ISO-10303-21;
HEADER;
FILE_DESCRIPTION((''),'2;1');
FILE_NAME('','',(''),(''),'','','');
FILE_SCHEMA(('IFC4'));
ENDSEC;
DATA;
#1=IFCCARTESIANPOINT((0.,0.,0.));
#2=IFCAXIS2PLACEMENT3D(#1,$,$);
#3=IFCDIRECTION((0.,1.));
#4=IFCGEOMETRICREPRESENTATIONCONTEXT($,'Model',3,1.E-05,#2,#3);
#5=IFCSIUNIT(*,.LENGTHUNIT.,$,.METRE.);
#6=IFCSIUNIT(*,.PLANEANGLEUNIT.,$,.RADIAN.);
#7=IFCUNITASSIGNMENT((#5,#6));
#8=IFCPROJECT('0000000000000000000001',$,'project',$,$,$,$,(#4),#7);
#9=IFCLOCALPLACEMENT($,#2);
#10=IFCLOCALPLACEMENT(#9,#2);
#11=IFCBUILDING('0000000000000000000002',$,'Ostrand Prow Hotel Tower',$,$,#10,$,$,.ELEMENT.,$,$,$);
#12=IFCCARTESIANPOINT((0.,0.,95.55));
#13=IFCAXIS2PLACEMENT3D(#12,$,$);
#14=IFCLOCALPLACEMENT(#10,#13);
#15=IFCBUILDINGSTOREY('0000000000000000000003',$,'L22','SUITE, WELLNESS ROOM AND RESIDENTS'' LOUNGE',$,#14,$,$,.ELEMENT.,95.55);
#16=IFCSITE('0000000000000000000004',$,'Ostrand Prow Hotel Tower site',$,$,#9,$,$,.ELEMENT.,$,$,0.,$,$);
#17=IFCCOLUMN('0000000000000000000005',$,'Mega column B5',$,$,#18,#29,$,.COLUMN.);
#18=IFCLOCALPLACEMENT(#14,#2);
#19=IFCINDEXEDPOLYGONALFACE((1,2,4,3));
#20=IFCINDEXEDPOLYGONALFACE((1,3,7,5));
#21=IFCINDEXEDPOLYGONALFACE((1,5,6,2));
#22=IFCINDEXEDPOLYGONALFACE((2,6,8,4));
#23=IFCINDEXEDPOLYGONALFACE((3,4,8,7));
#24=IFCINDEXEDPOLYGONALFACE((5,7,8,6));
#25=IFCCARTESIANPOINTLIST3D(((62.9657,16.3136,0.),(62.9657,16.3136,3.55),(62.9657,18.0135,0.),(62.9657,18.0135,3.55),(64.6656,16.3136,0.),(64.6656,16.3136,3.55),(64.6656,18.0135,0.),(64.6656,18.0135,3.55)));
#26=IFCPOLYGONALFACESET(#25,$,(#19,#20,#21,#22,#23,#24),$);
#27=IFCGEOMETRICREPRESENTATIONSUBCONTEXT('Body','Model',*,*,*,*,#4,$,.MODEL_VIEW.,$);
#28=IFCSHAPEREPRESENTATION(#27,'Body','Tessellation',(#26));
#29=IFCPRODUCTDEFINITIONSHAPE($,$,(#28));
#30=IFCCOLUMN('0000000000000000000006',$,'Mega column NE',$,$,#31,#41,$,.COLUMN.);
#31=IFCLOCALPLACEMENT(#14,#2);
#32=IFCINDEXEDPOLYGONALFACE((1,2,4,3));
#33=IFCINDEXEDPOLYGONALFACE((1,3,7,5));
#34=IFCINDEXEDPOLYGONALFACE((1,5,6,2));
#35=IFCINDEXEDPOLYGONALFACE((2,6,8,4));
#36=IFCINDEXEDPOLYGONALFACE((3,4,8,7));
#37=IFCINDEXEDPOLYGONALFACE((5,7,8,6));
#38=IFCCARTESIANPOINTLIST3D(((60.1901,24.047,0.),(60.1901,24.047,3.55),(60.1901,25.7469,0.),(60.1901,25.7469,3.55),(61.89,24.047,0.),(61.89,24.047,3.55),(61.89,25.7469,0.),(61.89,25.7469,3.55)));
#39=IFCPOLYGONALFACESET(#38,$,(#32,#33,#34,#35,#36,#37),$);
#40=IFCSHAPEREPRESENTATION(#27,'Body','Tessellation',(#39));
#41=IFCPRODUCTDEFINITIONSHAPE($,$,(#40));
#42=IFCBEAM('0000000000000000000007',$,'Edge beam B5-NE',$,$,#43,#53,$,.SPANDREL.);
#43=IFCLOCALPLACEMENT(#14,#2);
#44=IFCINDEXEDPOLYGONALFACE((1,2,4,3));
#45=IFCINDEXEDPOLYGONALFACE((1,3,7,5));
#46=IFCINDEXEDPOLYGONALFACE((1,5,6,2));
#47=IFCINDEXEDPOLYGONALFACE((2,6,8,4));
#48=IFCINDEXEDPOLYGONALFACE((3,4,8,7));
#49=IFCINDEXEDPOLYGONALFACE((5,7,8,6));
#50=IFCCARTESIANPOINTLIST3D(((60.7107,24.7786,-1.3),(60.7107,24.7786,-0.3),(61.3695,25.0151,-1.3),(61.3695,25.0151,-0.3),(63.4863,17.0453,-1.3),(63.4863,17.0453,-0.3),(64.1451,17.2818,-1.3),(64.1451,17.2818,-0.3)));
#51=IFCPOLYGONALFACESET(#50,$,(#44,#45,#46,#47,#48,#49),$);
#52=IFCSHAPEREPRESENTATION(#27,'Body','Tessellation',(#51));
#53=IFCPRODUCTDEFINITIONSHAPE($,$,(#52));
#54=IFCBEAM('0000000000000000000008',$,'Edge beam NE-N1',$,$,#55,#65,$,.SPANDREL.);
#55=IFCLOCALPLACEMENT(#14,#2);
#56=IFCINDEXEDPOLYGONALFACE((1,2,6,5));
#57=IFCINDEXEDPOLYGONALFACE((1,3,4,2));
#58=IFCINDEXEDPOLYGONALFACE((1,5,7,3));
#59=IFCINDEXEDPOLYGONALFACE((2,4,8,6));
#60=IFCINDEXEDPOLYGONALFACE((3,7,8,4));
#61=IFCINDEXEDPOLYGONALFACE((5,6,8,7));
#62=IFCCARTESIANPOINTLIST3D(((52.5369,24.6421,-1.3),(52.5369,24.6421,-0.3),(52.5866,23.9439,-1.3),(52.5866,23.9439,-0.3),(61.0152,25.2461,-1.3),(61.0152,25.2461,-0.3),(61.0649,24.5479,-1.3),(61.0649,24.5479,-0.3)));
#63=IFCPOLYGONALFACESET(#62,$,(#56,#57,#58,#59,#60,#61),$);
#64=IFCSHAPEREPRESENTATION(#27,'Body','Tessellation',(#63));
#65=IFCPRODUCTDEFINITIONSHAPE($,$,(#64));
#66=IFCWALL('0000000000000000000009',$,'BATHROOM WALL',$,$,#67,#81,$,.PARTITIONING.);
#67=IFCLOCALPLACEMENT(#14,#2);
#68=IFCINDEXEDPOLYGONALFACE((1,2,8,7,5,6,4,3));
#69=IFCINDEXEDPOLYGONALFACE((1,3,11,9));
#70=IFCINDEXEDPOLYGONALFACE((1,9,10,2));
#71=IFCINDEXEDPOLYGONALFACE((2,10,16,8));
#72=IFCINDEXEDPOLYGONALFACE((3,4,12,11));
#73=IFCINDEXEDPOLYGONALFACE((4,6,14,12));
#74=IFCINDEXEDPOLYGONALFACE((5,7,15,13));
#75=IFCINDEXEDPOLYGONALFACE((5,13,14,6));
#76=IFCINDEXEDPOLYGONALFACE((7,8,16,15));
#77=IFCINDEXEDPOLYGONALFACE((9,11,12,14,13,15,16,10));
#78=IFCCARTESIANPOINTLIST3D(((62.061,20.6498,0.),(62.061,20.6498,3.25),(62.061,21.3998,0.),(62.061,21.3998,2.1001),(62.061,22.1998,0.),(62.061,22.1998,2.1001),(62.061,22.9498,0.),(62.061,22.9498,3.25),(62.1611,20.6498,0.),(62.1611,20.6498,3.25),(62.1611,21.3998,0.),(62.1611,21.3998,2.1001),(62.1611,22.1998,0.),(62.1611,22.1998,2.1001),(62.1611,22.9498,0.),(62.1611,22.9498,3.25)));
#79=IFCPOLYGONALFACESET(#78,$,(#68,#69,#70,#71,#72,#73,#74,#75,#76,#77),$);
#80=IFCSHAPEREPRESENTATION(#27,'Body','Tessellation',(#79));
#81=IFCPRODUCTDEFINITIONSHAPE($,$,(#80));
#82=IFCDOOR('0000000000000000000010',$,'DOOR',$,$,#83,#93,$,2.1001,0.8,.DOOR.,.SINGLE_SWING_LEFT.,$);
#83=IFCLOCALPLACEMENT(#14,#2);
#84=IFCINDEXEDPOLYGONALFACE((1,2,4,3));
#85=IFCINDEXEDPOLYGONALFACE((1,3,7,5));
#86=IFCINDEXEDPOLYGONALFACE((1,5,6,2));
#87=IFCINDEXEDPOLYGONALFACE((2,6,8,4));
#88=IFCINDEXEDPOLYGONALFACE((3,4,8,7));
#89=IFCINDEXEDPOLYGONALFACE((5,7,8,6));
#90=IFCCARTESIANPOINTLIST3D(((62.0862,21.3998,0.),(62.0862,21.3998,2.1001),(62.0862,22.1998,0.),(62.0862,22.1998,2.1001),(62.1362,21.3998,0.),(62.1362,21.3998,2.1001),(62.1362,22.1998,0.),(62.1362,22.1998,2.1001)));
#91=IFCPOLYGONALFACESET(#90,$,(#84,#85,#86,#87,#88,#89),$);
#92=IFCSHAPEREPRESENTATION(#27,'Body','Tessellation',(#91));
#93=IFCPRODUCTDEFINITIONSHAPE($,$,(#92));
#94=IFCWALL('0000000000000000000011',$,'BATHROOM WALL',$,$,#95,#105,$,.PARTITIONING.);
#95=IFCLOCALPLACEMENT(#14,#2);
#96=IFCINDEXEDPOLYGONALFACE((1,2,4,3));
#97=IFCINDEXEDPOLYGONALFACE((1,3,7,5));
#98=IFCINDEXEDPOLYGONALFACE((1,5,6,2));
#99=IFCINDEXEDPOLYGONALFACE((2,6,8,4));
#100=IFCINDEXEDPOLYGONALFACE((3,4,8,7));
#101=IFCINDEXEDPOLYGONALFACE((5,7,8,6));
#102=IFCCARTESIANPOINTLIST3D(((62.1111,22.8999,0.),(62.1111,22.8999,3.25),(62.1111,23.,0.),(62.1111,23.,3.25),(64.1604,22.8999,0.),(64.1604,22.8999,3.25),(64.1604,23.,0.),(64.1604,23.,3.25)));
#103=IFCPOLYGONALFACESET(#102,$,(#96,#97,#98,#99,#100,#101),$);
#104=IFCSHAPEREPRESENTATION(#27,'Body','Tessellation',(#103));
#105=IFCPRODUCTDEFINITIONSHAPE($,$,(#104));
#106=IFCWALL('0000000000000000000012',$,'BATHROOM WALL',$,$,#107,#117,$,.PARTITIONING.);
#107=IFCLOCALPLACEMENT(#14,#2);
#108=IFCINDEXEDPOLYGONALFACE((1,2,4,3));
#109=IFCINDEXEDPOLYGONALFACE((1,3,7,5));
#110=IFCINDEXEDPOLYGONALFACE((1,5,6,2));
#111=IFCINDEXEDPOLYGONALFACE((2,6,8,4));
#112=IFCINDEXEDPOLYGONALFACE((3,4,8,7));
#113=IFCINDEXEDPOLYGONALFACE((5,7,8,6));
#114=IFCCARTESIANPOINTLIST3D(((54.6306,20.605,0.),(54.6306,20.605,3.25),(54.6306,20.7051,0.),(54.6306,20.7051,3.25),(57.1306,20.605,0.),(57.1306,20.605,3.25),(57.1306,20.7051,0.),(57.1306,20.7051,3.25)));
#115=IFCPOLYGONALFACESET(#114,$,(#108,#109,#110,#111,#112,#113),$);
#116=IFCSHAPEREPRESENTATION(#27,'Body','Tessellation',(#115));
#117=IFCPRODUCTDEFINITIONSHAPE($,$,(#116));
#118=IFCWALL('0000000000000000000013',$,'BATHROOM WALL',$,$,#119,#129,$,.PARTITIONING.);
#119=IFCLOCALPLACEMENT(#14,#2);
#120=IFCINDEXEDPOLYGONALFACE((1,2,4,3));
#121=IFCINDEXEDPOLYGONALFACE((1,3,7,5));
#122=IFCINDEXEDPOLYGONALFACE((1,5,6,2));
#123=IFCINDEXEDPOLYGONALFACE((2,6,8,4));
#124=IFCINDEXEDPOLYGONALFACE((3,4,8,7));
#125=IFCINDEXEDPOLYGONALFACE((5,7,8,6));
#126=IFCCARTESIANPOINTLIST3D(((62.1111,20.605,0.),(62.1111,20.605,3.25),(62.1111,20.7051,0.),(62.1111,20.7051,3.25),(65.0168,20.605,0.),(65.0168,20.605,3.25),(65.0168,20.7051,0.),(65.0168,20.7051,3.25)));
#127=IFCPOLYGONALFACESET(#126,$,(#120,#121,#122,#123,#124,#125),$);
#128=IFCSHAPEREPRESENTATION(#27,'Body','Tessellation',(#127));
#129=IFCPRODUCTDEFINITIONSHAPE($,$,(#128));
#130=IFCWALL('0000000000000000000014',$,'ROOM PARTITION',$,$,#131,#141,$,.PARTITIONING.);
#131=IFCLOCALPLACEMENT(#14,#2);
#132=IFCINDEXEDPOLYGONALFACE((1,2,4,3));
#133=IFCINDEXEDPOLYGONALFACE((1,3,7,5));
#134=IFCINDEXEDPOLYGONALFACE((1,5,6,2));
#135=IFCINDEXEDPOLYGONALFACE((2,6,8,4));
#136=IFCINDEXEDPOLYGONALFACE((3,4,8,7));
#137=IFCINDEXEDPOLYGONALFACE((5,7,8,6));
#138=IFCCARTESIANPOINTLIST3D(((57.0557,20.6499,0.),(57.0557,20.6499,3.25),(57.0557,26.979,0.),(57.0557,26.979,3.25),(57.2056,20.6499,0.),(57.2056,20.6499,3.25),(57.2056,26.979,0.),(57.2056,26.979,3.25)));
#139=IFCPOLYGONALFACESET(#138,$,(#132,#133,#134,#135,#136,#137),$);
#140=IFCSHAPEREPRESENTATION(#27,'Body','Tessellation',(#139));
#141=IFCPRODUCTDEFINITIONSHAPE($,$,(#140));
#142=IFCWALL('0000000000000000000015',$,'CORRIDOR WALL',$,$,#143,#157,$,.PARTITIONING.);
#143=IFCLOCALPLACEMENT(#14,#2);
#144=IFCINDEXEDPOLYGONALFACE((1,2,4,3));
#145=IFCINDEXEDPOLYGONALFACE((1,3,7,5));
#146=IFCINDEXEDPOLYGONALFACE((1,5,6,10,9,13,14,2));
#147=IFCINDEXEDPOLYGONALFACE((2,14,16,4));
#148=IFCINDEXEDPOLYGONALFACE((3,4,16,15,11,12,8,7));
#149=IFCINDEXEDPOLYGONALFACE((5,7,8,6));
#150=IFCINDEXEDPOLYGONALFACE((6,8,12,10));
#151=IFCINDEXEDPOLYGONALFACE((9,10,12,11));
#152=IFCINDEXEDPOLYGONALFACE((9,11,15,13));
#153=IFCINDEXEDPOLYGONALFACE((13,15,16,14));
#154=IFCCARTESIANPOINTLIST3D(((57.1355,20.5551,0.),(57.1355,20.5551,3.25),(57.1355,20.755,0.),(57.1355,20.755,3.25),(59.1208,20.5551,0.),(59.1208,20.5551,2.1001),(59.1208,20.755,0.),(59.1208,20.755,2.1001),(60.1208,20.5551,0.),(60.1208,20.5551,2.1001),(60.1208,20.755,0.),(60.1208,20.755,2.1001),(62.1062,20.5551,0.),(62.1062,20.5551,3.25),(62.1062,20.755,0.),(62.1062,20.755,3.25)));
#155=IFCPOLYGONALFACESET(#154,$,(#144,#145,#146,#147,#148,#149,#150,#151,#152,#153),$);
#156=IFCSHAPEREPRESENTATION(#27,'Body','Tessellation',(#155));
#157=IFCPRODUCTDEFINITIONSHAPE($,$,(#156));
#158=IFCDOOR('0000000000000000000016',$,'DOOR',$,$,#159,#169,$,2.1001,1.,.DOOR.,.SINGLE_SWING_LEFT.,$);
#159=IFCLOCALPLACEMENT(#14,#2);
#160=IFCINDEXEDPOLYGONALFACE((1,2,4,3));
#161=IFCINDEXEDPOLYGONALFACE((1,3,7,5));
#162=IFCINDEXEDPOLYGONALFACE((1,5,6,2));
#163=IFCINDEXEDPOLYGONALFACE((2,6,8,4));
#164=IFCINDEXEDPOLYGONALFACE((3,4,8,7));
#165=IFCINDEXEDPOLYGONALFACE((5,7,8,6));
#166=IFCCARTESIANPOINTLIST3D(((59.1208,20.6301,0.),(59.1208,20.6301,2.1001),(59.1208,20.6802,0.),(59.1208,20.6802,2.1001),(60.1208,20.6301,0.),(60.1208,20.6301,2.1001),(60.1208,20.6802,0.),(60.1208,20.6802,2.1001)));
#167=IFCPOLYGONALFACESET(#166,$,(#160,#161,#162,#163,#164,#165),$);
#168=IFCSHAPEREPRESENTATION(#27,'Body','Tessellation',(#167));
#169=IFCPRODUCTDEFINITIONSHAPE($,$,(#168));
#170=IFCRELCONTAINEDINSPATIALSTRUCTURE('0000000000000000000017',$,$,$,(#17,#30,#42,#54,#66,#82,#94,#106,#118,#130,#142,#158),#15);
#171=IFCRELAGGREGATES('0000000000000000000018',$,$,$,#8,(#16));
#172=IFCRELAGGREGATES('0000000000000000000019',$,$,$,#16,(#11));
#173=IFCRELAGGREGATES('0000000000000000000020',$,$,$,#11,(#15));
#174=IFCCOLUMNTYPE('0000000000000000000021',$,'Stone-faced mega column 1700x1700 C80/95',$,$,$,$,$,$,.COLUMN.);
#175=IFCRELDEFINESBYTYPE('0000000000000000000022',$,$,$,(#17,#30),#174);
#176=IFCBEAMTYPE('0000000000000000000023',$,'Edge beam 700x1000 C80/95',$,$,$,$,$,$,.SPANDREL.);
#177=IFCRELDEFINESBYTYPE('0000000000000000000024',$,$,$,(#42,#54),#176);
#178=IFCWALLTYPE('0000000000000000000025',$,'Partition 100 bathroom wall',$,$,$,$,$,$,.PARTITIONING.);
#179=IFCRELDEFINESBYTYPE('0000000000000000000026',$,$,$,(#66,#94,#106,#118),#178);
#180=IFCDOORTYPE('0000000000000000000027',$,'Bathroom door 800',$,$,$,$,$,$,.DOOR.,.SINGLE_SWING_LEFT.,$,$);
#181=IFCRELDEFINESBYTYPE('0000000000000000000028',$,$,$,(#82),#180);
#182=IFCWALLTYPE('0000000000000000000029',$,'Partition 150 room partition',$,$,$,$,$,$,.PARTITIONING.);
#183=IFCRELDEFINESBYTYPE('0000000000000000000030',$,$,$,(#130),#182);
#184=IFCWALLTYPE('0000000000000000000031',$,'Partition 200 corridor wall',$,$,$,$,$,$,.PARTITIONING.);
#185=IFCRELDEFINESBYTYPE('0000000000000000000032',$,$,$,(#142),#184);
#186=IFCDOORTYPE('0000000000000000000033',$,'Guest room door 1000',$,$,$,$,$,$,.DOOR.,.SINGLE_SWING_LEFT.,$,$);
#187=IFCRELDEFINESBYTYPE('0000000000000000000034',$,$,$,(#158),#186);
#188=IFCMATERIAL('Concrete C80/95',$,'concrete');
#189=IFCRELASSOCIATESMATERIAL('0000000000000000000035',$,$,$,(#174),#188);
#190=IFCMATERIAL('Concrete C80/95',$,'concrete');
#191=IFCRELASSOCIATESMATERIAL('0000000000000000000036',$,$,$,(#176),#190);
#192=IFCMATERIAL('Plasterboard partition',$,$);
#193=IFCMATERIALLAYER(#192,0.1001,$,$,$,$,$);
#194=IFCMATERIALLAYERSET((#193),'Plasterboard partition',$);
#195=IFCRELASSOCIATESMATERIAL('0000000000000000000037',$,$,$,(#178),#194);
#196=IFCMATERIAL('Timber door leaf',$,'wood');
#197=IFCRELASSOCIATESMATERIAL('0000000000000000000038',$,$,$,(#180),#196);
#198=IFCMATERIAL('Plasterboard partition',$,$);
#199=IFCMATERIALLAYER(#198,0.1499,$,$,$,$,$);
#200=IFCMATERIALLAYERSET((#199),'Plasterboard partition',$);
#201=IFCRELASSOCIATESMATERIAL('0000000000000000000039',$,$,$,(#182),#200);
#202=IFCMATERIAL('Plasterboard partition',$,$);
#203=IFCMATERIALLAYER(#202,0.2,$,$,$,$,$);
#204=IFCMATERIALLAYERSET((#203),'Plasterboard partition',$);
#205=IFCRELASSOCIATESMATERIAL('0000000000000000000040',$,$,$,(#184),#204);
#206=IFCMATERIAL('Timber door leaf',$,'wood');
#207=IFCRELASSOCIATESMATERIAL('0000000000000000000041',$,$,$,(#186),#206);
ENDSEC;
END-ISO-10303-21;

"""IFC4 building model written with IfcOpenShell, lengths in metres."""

from ifc_helpers import new_model, si_unit, direction, frame, frame_2d, origin, origin_2d, place, context, subcontext, project, spatial, rectangle, extrude, material, layer, layer_set, material_profile, profile_set, type_object, element, fill, save


model = new_model("IFC4")

# Units and contexts
model_context = context("Model", 3, precision=1e-05, world=origin(), true_north=direction((0.0, 1.0)))
body_context = subcontext(model_context, "Body", "Model", "MODEL_VIEW")
ifc_project = project(units=[si_unit("LENGTHUNIT", "METRE"), si_unit("PLANEANGLEUNIT", "RADIAN")], contexts=[model_context])

# Site, building, storey
site_placement = place(None, origin())
site = spatial("IfcSite", under=ifc_project, at=site_placement, Name="Ostrand Prow Hotel Tower site", CompositionType="ELEMENT", RefElevation=0.0)
building_placement = place(site_placement, origin())
building = spatial("IfcBuilding", under=site, at=building_placement, Name="Ostrand Prow Hotel Tower", CompositionType="ELEMENT")
storey_placement = place(building_placement, frame((0.0, 0.0, 95.55)))
storey = spatial("IfcBuildingStorey", under=building, at=storey_placement, Name="L22", Description="SUITE, WELLNESS ROOM AND RESIDENTS' LOUNGE", CompositionType="ELEMENT", Elevation=95.55)

# Columns
ifc_material_1 = material(Name="Concrete C80/95", Category="concrete")
ifc_material_profile_1 = material_profile(ifc_material_1, rectangle(XDim=1.7, YDim=1.7, at=origin_2d()), Name="RC 1700x1700")
ifc_profile_set_1 = profile_set([ifc_material_profile_1], Name="Concrete C80/95")
column_type = type_object("IfcColumnType", Name="Stone-faced mega column 1700x1700 C80/95", PredefinedType="COLUMN", material=ifc_profile_set_1)
for number, where, z_axis, x_axis, name in (
    (1, (63.8157, 17.1636, 0.0), (0.0, 0.0, 1.0), (1.0, 0.0, 0.0), "Mega column B5"),
    (2, (61.04, 24.897, 0.0), (0.0, 0.0, 1.0), (1.0, 0.0, 0.0), "Mega column NE"),
):
    element("IfcColumn", number, at=place(storey_placement, frame(where, z_axis=z_axis, x_axis=x_axis)), inside=storey, type_object=column_type, Name=name, PredefinedType="COLUMN", context=body_context, shape_type="SweptSolid", body=[
        extrude(rectangle(XDim=1.7, YDim=1.7, at=origin_2d()), origin(), (0.0, 0.0, 1.0), 3.55),
    ])

# Beams
ifc_material_2 = material(Name="Concrete C80/95", Category="concrete")
ifc_material_profile_2 = material_profile(ifc_material_2, rectangle(XDim=0.7, YDim=1.0, at=origin_2d()), Name="RC 700x1000")
ifc_profile_set_2 = profile_set([ifc_material_profile_2], Name="Concrete C80/95")
beam_type = type_object("IfcBeamType", Name="Edge beam 700x1000 C80/95", PredefinedType="SPANDREL", material=ifc_profile_set_2)
beam_1_placement = place(storey_placement, frame((63.8157, 17.1636, -0.8), z_axis=(-0.337815, 0.941212, 0.0), x_axis=(-0.941212, -0.337815, 0.0)))
element("IfcBeam", 3, at=beam_1_placement, inside=storey, type_object=beam_type, Name="Edge beam B5-NE", PredefinedType="SPANDREL", context=body_context, shape_type="SweptSolid", body=[
    extrude(rectangle(XDim=0.7, YDim=1.0, at=origin_2d()), origin(), (0.0, 0.0, 1.0), 8.2163),
])
beam_2_placement = place(storey_placement, frame((61.04, 24.897, -0.8), z_axis=(-0.997472, -0.071061, 0.0), x_axis=(0.071061, -0.997472, 0.0)))
element("IfcBeam", 4, at=beam_2_placement, inside=storey, type_object=beam_type, Name="Edge beam NE-N1", PredefinedType="SPANDREL", context=body_context, shape_type="SweptSolid", body=[
    extrude(rectangle(XDim=0.7, YDim=1.0, at=origin_2d()), origin(), (0.0, 0.0, 1.0), 8.4998),
])

# Wall, opening, door
ifc_material_3 = material(Name="Plasterboard partition")
ifc_layer_1 = layer(ifc_material_3, 0.1001)
ifc_layer_set_1 = layer_set([ifc_layer_1], Name="Plasterboard partition")
wall_type_1 = type_object("IfcWallType", Name="Partition 100 bathroom wall", PredefinedType="PARTITIONING", material=ifc_layer_set_1)
wall_1_placement = place(storey_placement, frame((62.1111, 20.6499, 0.0), z_axis=(0.0, 0.0, 1.0), x_axis=(0.0, 1.0, 0.0)))
wall_1 = element("IfcWall", 5, at=wall_1_placement, inside=storey, type_object=wall_type_1, Name="BATHROOM WALL", PredefinedType="PARTITIONING", context=body_context, shape_type="SweptSolid", body=[
    extrude(rectangle(XDim=2.3, YDim=0.1001, at=frame_2d((1.1499, 0.0))), origin(), (0.0, 0.0, 1.0), 3.25),
])
opening_1_placement = place(wall_1_placement, frame((0.75, 0.0, 0.0)))
opening_1 = element("IfcOpeningElement", 6, at=opening_1_placement, cuts=wall_1, PredefinedType="OPENING", context=body_context, shape_type="SweptSolid", body=[
    extrude(rectangle(XDim=0.8, YDim=2.1001, at=frame_2d((0.3999, 1.05))), frame((0.0, 0.0601, 0.0), z_axis=(0.0, -1.0, 0.0), x_axis=(1.0, 0.0, 0.0)), (0.0, 0.0, 1.0), 0.1201),
])
ifc_material_4 = material(Name="Timber door leaf", Category="wood")
door_type_1 = type_object("IfcDoorType", Name="Bathroom door 800", OperationType="SINGLE_SWING_LEFT", PredefinedType="DOOR", material=ifc_material_4)
door_1_placement = place(opening_1_placement, origin())
door_1 = element("IfcDoor", 7, at=door_1_placement, inside=storey, type_object=door_type_1, Name="DOOR", OperationType="SINGLE_SWING_LEFT", OverallHeight=2.1001, OverallWidth=0.8, PredefinedType="DOOR", context=body_context, shape_type="SweptSolid", body=[
    extrude(rectangle(XDim=0.8, YDim=2.1001, at=frame_2d((0.3999, 1.05))), frame((0.0, 0.0249, 0.0), z_axis=(0.0, -1.0, 0.0), x_axis=(1.0, 0.0, 0.0)), (0.0, 0.0, 1.0), 0.05),
])
fill(opening_1, door_1)

# Walls
wall_2_placement = place(storey_placement, frame((62.1111, 22.95, 0.0), z_axis=(0.0, 0.0, 1.0), x_axis=(1.0, 0.0, 0.0)))
element("IfcWall", 8, at=wall_2_placement, inside=storey, type_object=wall_type_1, Name="BATHROOM WALL", PredefinedType="PARTITIONING", context=body_context, shape_type="SweptSolid", body=[
    extrude(rectangle(XDim=2.0493, YDim=0.1001, at=frame_2d((1.0247, 0.0))), origin(), (0.0, 0.0, 1.0), 3.25),
])
wall_3_placement = place(storey_placement, frame((57.1306, 20.655, 0.0), z_axis=(0.0, 0.0, 1.0), x_axis=(-1.0, 0.0, 0.0)))
element("IfcWall", 9, at=wall_3_placement, inside=storey, type_object=wall_type_1, Name="BATHROOM WALL", PredefinedType="PARTITIONING", context=body_context, shape_type="SweptSolid", body=[
    extrude(rectangle(XDim=2.5, YDim=0.1001, at=frame_2d((1.25, 0.0))), origin(), (0.0, 0.0, 1.0), 3.25),
])
wall_4_placement = place(storey_placement, frame((65.0168, 20.655, 0.0), z_axis=(0.0, 0.0, 1.0), x_axis=(-1.0, 0.0, 0.0)))
element("IfcWall", 10, at=wall_4_placement, inside=storey, type_object=wall_type_1, Name="BATHROOM WALL", PredefinedType="PARTITIONING", context=body_context, shape_type="SweptSolid", body=[
    extrude(rectangle(XDim=2.9058, YDim=0.1001, at=frame_2d((1.4529, 0.0))), origin(), (0.0, 0.0, 1.0), 3.25),
])
ifc_material_5 = material(Name="Plasterboard partition")
ifc_layer_2 = layer(ifc_material_5, 0.1499)
ifc_layer_set_2 = layer_set([ifc_layer_2], Name="Plasterboard partition")
wall_type_2 = type_object("IfcWallType", Name="Partition 150 room partition", PredefinedType="PARTITIONING", material=ifc_layer_set_2)
wall_5_placement = place(storey_placement, frame((57.1306, 20.6499, 0.0), z_axis=(0.0, 0.0, 1.0), x_axis=(0.0, 1.0, 0.0)))
element("IfcWall", 11, at=wall_5_placement, inside=storey, type_object=wall_type_2, Name="ROOM PARTITION", PredefinedType="PARTITIONING", context=body_context, shape_type="SweptSolid", body=[
    extrude(rectangle(XDim=6.3291, YDim=0.1499, at=frame_2d((3.1646, 0.0))), origin(), (0.0, 0.0, 1.0), 3.25),
])

# Wall, opening, door
ifc_material_6 = material(Name="Plasterboard partition")
ifc_layer_3 = layer(ifc_material_6, 0.2)
ifc_layer_set_3 = layer_set([ifc_layer_3], Name="Plasterboard partition")
wall_type_3 = type_object("IfcWallType", Name="Partition 200 corridor wall", PredefinedType="PARTITIONING", material=ifc_layer_set_3)
wall_6_placement = place(storey_placement, frame((62.1062, 20.655, 0.0), z_axis=(0.0, 0.0, 1.0), x_axis=(-1.0, 0.0, 0.0)))
wall_6 = element("IfcWall", 12, at=wall_6_placement, inside=storey, type_object=wall_type_3, Name="CORRIDOR WALL", PredefinedType="PARTITIONING", context=body_context, shape_type="SweptSolid", body=[
    extrude(rectangle(XDim=4.9707, YDim=0.2, at=frame_2d((2.4854, 0.0))), origin(), (0.0, 0.0, 1.0), 3.25),
])
opening_2_placement = place(wall_6_placement, frame((1.9854, 0.0, 0.0)))
opening_2 = element("IfcOpeningElement", 13, at=opening_2_placement, cuts=wall_6, PredefinedType="OPENING", context=body_context, shape_type="SweptSolid", body=[
    extrude(rectangle(XDim=1.0, YDim=2.1001, at=frame_2d((0.5, 1.05))), frame((0.0, 0.1099, 0.0), z_axis=(0.0, -1.0, 0.0), x_axis=(1.0, 0.0, 0.0)), (0.0, 0.0, 1.0), 0.22),
])
ifc_material_7 = material(Name="Timber door leaf", Category="wood")
door_type_2 = type_object("IfcDoorType", Name="Guest room door 1000", OperationType="SINGLE_SWING_LEFT", PredefinedType="DOOR", material=ifc_material_7)
door_2_placement = place(opening_2_placement, origin())
door_2 = element("IfcDoor", 14, at=door_2_placement, inside=storey, type_object=door_type_2, Name="DOOR", OperationType="SINGLE_SWING_LEFT", OverallHeight=2.1001, OverallWidth=1.0, PredefinedType="DOOR", context=body_context, shape_type="SweptSolid", body=[
    extrude(rectangle(XDim=1.0, YDim=2.1001, at=frame_2d((0.5, 1.05))), frame((0.0, 0.0249, 0.0), z_axis=(0.0, -1.0, 0.0), x_axis=(1.0, 0.0, 0.0)), (0.0, 0.0, 1.0), 0.05),
])
fill(opening_2, door_2)

save(model, "model.ifc")
